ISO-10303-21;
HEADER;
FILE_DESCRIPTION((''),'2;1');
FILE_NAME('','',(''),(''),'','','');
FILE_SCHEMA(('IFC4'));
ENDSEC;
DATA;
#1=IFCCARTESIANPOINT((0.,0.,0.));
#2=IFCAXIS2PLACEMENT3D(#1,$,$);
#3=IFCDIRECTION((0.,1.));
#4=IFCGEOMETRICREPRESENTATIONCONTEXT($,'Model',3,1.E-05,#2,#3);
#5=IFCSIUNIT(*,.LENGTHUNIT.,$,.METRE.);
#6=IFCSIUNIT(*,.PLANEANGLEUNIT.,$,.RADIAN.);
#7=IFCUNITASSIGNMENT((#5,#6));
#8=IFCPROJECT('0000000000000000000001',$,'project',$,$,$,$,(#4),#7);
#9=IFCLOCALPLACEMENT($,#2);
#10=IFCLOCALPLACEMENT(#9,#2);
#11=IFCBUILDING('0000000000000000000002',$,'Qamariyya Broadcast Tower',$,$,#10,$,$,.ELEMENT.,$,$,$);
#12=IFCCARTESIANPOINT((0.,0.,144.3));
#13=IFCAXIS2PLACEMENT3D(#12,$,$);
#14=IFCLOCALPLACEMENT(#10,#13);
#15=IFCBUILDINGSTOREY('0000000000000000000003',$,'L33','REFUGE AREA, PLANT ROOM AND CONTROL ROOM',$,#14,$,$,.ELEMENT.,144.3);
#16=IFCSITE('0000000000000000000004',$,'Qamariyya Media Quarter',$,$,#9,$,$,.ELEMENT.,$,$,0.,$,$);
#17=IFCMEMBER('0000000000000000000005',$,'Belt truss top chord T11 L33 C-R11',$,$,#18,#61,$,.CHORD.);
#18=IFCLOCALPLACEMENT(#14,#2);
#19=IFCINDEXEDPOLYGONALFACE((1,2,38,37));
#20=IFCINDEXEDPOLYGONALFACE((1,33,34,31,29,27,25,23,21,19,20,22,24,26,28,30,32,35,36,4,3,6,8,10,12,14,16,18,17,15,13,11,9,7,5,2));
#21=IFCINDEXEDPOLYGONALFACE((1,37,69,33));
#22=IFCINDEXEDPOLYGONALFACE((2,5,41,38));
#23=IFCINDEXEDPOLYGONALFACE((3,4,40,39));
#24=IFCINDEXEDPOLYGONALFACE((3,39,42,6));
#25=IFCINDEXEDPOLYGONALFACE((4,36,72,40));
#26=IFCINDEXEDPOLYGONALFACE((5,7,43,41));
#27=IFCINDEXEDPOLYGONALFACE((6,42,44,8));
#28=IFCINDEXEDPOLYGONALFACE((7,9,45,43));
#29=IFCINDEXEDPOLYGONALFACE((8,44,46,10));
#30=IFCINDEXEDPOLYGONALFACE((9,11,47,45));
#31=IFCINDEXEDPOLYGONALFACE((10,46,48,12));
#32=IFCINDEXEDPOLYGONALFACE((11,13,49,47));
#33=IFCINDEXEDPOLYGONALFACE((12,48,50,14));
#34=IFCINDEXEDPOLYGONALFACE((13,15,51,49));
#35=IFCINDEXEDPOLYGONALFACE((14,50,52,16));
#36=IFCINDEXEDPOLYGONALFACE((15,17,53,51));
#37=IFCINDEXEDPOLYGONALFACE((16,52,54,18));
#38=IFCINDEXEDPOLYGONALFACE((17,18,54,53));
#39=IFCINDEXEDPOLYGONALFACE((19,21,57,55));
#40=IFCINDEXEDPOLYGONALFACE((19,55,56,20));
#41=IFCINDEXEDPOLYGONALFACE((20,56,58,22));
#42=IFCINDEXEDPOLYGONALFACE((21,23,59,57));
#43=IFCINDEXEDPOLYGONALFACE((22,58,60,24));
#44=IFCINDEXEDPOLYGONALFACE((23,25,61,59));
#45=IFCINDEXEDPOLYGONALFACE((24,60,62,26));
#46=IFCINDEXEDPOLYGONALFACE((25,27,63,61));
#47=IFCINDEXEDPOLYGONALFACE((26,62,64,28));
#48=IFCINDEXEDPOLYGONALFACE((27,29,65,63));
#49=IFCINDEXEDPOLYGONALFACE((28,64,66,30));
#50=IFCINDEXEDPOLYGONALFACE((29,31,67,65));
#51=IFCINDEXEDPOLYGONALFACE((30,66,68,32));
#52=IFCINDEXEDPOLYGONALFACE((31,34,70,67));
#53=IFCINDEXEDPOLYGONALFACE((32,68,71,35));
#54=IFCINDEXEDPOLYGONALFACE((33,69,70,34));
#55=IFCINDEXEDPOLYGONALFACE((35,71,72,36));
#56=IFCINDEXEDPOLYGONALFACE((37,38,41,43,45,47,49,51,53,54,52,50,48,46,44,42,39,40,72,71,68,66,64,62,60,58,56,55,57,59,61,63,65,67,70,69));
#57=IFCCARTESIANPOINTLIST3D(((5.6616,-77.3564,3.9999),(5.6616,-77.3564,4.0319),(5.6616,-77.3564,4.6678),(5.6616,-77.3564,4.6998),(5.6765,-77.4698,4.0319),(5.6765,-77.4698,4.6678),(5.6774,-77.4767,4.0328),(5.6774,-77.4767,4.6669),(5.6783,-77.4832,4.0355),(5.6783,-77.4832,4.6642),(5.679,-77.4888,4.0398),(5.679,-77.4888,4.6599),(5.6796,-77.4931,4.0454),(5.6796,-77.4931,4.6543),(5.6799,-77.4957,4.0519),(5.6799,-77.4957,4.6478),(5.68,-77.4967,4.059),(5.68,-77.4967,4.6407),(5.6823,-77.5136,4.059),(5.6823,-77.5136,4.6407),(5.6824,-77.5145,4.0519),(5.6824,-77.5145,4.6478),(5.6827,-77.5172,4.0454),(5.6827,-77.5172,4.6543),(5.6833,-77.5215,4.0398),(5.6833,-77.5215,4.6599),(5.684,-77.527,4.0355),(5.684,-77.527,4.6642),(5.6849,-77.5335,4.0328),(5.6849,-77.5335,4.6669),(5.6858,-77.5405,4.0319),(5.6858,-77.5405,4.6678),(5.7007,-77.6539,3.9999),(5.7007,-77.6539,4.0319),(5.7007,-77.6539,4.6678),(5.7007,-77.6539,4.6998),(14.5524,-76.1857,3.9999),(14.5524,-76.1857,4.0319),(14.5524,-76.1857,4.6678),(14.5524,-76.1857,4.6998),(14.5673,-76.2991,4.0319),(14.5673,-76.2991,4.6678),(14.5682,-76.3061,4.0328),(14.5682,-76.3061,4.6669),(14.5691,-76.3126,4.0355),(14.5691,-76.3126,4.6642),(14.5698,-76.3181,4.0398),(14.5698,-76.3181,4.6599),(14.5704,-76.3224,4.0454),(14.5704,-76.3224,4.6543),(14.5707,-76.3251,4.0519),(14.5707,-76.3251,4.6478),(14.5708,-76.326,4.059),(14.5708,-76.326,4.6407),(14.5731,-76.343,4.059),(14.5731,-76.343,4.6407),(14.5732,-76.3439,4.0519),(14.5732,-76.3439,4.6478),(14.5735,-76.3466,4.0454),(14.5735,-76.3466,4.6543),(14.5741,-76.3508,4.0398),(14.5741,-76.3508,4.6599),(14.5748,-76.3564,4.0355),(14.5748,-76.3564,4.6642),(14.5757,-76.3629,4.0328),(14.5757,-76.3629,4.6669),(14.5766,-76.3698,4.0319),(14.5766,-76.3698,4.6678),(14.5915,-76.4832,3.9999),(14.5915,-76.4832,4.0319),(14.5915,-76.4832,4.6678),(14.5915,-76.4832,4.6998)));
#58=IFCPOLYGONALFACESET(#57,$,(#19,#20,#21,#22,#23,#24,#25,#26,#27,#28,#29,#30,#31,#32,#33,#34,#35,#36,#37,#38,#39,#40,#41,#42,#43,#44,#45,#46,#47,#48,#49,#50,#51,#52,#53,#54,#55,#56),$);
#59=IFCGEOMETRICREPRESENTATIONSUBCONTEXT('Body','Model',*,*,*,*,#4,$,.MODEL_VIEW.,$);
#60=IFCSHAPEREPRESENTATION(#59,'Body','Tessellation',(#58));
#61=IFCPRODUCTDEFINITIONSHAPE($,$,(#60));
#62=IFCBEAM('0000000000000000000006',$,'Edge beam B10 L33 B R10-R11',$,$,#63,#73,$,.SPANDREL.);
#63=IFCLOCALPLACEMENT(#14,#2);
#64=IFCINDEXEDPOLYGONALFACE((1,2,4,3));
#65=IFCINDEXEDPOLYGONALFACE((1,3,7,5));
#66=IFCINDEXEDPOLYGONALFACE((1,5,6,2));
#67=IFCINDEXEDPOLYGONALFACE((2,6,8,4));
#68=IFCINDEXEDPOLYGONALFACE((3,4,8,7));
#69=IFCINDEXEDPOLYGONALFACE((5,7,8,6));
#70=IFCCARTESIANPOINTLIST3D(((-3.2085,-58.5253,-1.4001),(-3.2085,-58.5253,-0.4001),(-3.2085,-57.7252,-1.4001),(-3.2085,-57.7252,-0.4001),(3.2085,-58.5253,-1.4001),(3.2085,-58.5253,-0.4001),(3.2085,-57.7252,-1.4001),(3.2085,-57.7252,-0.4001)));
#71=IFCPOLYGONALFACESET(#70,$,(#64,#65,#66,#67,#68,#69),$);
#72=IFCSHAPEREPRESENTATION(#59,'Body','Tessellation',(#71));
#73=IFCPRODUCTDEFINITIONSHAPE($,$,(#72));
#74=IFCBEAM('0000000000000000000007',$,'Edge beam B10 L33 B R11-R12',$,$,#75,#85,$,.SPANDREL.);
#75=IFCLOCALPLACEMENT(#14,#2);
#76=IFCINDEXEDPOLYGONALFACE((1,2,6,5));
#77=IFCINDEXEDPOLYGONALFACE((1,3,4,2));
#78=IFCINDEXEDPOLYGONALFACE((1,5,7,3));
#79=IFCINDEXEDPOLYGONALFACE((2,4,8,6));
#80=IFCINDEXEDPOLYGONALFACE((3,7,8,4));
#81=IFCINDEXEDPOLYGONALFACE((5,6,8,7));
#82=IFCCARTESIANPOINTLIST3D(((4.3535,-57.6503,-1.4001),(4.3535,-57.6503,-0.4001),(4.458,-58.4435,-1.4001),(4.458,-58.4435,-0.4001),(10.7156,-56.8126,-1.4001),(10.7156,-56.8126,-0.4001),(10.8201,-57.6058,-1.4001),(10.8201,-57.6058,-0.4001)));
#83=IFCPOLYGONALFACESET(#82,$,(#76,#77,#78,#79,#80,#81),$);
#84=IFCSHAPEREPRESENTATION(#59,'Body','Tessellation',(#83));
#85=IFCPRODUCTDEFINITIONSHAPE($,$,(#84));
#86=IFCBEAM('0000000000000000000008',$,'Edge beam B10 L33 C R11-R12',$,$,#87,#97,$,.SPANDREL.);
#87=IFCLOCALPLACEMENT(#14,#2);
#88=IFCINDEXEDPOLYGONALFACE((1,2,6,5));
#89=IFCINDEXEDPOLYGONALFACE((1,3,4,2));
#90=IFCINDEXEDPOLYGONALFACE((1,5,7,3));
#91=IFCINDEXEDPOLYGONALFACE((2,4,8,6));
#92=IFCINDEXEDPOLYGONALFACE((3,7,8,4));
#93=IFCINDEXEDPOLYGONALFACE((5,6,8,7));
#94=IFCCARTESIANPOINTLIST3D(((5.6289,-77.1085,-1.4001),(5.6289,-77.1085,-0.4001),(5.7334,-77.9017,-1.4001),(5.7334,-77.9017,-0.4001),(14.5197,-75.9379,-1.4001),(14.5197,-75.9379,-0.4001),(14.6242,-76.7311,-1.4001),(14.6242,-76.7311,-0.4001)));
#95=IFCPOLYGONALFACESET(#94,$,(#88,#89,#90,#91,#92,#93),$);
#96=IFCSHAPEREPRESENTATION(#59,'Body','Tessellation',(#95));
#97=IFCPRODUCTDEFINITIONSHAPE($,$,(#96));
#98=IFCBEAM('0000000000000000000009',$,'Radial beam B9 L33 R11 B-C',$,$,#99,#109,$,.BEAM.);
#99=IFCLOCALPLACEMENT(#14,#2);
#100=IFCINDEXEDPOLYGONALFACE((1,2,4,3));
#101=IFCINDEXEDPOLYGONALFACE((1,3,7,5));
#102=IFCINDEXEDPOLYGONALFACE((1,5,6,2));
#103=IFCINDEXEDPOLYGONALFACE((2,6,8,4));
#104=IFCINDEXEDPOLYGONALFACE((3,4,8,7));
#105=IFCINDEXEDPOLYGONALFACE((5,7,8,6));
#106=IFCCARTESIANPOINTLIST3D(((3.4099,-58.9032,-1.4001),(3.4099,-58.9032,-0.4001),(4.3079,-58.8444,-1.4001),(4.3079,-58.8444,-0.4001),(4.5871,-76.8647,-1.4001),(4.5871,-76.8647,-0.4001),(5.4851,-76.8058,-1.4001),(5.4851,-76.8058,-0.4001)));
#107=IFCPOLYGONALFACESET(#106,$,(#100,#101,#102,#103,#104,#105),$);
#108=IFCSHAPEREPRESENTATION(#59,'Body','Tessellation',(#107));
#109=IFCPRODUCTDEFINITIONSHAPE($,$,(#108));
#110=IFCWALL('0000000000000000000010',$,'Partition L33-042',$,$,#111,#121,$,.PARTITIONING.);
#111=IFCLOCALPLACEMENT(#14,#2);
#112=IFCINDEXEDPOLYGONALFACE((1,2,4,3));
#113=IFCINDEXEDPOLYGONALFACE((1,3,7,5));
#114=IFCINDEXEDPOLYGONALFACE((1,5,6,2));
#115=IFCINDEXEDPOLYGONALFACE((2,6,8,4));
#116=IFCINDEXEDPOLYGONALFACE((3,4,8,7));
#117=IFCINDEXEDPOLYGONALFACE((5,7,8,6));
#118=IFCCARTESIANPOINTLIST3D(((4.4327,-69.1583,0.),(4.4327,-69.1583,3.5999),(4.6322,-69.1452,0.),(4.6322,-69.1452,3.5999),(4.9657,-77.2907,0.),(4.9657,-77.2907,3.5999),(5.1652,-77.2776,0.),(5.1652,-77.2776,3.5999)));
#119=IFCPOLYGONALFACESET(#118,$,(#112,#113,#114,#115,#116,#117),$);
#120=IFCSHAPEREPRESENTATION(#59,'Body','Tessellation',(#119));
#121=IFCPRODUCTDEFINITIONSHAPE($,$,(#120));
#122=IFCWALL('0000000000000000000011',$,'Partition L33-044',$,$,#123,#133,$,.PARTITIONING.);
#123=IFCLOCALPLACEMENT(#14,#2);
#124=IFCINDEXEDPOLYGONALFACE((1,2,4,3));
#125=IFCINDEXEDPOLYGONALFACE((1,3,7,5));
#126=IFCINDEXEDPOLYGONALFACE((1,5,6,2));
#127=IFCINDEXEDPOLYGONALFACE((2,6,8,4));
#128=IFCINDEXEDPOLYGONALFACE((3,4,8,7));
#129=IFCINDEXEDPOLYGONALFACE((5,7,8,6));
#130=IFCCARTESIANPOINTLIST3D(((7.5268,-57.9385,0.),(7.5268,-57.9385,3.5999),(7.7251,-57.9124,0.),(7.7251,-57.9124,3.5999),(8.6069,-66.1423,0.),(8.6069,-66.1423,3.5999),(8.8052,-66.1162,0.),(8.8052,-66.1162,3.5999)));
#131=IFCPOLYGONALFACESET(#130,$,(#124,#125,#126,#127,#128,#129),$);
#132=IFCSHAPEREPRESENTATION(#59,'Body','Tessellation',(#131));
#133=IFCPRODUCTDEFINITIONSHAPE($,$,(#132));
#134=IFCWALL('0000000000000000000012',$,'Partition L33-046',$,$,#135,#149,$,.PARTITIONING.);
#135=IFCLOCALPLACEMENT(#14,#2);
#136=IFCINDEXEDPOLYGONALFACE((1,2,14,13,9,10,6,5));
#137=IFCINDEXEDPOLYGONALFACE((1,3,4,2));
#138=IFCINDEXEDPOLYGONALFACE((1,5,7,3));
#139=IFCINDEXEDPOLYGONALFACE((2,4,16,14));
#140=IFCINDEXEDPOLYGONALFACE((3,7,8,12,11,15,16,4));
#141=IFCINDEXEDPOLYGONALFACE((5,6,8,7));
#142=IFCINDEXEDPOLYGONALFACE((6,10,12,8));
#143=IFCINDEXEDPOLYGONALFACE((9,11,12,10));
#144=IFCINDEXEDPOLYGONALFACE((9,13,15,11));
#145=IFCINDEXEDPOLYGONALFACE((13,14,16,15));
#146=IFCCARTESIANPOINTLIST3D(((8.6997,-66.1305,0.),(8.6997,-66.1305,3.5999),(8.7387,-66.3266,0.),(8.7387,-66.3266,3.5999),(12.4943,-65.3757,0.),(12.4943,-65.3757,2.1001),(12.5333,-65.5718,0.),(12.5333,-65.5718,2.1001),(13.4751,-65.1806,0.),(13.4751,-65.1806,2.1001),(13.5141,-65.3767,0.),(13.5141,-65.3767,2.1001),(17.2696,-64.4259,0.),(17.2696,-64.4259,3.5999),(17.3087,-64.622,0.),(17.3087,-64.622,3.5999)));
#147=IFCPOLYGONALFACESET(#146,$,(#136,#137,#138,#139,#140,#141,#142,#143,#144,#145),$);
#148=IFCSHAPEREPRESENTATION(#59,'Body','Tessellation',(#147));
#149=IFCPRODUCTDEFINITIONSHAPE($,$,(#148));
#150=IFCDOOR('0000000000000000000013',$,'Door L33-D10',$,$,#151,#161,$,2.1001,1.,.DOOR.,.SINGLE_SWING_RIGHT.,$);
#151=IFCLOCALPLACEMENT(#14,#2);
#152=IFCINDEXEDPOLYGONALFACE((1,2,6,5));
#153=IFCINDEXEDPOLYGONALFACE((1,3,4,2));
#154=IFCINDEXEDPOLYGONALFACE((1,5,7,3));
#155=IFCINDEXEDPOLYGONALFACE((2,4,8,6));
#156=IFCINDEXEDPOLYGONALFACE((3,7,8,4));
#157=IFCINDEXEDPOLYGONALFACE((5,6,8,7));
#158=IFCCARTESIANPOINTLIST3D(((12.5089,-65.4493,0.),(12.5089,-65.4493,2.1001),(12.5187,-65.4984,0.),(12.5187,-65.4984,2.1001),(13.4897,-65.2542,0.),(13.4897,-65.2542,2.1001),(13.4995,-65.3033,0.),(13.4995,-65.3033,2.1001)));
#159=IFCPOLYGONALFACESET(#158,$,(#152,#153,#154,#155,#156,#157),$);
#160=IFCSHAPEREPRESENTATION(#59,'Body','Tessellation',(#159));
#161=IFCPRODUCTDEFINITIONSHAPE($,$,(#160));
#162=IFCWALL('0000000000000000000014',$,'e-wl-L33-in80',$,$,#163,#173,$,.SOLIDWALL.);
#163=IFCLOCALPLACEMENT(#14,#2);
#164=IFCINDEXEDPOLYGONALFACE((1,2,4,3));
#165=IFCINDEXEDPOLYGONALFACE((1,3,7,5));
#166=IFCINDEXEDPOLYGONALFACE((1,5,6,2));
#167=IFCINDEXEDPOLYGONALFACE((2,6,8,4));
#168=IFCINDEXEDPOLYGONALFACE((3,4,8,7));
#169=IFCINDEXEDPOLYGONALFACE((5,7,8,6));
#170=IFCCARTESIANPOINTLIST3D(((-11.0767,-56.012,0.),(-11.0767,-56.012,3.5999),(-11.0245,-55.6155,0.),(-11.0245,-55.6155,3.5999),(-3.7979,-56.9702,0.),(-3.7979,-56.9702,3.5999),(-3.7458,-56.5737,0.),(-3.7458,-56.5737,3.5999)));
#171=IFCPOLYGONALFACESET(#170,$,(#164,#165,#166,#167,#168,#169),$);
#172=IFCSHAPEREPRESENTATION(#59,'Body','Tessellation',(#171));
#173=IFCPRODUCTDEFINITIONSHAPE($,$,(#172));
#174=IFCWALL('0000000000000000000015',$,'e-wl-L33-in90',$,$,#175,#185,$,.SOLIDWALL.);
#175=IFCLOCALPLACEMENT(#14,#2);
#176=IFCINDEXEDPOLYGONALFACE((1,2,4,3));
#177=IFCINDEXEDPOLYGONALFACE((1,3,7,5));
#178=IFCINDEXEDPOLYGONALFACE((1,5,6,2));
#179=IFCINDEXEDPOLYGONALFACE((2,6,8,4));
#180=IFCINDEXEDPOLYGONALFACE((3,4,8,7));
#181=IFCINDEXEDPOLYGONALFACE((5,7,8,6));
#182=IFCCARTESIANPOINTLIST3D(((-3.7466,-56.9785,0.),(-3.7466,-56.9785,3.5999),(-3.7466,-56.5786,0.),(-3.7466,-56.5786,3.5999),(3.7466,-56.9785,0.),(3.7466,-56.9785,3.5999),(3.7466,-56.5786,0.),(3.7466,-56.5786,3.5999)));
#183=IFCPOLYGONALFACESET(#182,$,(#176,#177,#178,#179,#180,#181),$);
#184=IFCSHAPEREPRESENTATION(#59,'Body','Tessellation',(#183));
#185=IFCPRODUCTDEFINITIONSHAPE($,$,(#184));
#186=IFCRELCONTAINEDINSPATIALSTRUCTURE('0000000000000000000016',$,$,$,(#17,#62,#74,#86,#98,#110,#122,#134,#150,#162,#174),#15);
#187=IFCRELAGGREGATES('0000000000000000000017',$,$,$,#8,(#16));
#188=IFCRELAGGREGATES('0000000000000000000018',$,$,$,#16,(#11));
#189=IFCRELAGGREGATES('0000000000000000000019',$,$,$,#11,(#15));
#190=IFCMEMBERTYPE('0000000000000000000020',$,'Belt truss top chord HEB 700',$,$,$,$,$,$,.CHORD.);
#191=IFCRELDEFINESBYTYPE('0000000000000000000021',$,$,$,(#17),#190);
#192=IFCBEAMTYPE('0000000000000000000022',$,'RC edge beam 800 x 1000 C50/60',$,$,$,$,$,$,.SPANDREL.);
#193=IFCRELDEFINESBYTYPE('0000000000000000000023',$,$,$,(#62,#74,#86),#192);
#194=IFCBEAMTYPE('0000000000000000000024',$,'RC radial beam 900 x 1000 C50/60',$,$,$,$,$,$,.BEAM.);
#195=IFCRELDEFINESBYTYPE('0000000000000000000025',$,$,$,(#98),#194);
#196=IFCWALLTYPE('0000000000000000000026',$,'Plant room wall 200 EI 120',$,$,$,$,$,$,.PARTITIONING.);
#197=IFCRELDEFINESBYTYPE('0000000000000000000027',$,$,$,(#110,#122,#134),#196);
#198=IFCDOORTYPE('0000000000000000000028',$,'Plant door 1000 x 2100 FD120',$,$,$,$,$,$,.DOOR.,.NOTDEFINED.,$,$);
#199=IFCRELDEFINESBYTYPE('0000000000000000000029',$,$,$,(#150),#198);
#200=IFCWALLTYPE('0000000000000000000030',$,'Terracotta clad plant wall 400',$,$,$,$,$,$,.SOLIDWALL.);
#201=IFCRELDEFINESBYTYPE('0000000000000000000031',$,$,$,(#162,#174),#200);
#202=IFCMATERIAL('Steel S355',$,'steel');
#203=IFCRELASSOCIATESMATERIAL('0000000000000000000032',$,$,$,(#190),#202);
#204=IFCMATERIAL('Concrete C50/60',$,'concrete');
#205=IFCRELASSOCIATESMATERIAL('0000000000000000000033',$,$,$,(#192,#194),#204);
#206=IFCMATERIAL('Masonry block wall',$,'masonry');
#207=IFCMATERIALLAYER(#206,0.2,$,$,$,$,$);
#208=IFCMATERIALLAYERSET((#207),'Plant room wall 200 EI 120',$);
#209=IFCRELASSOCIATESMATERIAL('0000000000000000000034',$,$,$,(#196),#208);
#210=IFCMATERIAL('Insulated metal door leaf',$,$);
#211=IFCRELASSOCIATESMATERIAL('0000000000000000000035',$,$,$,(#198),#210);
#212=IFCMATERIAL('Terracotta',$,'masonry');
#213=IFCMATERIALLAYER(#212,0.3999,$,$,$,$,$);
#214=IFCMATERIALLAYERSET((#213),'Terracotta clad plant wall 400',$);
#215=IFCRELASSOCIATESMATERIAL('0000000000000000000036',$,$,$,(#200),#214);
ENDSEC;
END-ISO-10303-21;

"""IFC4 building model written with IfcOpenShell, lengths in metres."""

from ifc_helpers import new_model, si_unit, direction, frame, frame_2d, origin, origin_2d, place, context, subcontext, project, spatial, rectangle, i_section, extrude, material, layer, layer_set, material_profile, profile_set, type_object, element, fill, save


model = new_model("IFC4")

# Units and contexts
model_context = context("Model", 3, precision=1e-05, world=origin(), true_north=direction((0.0, 1.0)))
body_context = subcontext(model_context, "Body", "Model", "MODEL_VIEW")
ifc_project = project(units=[si_unit("LENGTHUNIT", "METRE"), si_unit("PLANEANGLEUNIT", "RADIAN")], contexts=[model_context])

# Site, building, storey
site_placement = place(None, origin())
site = spatial("IfcSite", under=ifc_project, at=site_placement, Name="Qamariyya Media Quarter", CompositionType="ELEMENT", RefElevation=0.0)
building_placement = place(site_placement, origin())
building = spatial("IfcBuilding", under=site, at=building_placement, Name="Qamariyya Broadcast Tower", CompositionType="ELEMENT")
storey_placement = place(building_placement, frame((0.0, 0.0, 144.3)))
storey = spatial("IfcBuildingStorey", under=building, at=storey_placement, Name="L33", Description="REFUGE AREA, PLANT ROOM AND CONTROL ROOM", CompositionType="ELEMENT", Elevation=144.3)

# Member
ifc_material_1 = material(Name="Steel S355", Category="steel")
ifc_material_profile_1 = material_profile(ifc_material_1, i_section(OverallWidth=0.3, OverallDepth=0.7, WebThickness=0.0171, FlangeThickness=0.032, FilletRadius=0.0271, at=origin_2d()))
ifc_profile_set_1 = profile_set([ifc_material_profile_1], Name="Steel S355")
member_type_1 = type_object("IfcMemberType", Name="Belt truss top chord HEB 700", PredefinedType="CHORD", material=ifc_profile_set_1)
member_1_placement = place(storey_placement, frame((5.6812, -77.5051, 4.3499), z_axis=(0.991443, 0.130543, 0.0), x_axis=(-0.130543, 0.991443, 0.0)))
element("IfcMember", 1, at=member_1_placement, inside=storey, type_object=member_type_1, Name="Belt truss top chord T11 L33 C-R11", PredefinedType="CHORD", context=body_context, shape_type="SweptSolid", body=[
    extrude(i_section(OverallWidth=0.3, OverallDepth=0.7, WebThickness=0.0171, FlangeThickness=0.032, FilletRadius=0.0271, at=origin_2d()), origin(), (0.0, 0.0, 1.0), 8.9675),
])

# Beams
ifc_material_2 = material(Name="Concrete C50/60", Category="concrete")
ifc_material_profile_2 = material_profile(ifc_material_2, rectangle(XDim=0.8, YDim=1.0, at=origin_2d()))
ifc_profile_set_2 = profile_set([ifc_material_profile_2], Name="Concrete C50/60")
beam_type_1 = type_object("IfcBeamType", Name="RC edge beam 800 x 1000 C50/60", PredefinedType="SPANDREL", material=ifc_profile_set_2)
for number, where, z_axis, x_axis, name in (
    (2, (-3.2085, -58.1252, -0.9001), (1.0, 0.0, 0.0), (0.0, 1.0, 0.0), "Edge beam B10 L33 B R10-R11"),
    (3, (4.4058, -58.0469, -0.9001), (0.991444, 0.130536, 0.0), (-0.130536, 0.991444, 0.0), "Edge beam B10 L33 B R11-R12"),
):
    element("IfcBeam", number, at=place(storey_placement, frame(where, z_axis=z_axis, x_axis=x_axis)), inside=storey, type_object=beam_type_1, Name=name, PredefinedType="SPANDREL", context=body_context, shape_type="SweptSolid", body=[
        extrude(rectangle(XDim=0.8, YDim=1.0, at=origin_2d()), origin(), (0.0, 0.0, 1.0), 6.417),
    ])
beam_1_placement = place(storey_placement, frame((5.6812, -77.5051, -0.9001), z_axis=(0.991443, 0.130543, 0.0), x_axis=(-0.130543, 0.991443, 0.0)))
element("IfcBeam", 4, at=beam_1_placement, inside=storey, type_object=beam_type_1, Name="Edge beam B10 L33 C R11-R12", PredefinedType="SPANDREL", context=body_context, shape_type="SweptSolid", body=[
    extrude(rectangle(XDim=0.8, YDim=1.0, at=origin_2d()), origin(), (0.0, 0.0, 1.0), 8.9675),
])
ifc_material_profile_3 = material_profile(ifc_material_2, rectangle(XDim=0.8999, YDim=1.0, at=origin_2d()))
ifc_profile_set_3 = profile_set([ifc_material_profile_3], Name="Concrete C50/60")
beam_type_2 = type_object("IfcBeamType", Name="RC radial beam 900 x 1000 C50/60", PredefinedType="BEAM", material=ifc_profile_set_3)
beam_2_placement = place(storey_placement, frame((3.8589, -58.8738, -0.9001), z_axis=(0.065403, -0.997859, 0.0), x_axis=(0.997859, 0.065403, 0.0)))
element("IfcBeam", 5, at=beam_2_placement, inside=storey, type_object=beam_type_2, Name="Radial beam B9 L33 R11 B-C", PredefinedType="BEAM", context=body_context, shape_type="SweptSolid", body=[
    extrude(rectangle(XDim=0.8999, YDim=1.0, at=origin_2d()), origin(), (0.0, 0.0, 1.0), 18.0),
])

# Shared definitions
ifc_material_3 = material(Name="Masonry block wall", Category="masonry")
ifc_layer_1 = layer(ifc_material_3, 0.2)
ifc_layer_set_1 = layer_set([ifc_layer_1], Name="Plant room wall 200 EI 120")
wall_type_1 = type_object("IfcWallType", Name="Plant room wall 200 EI 120", PredefinedType="PARTITIONING", material=ifc_layer_set_1)
ifc_material_4 = material(Name="Insulated metal door leaf")

# Walls
wall_1_placement = place(storey_placement, frame((5.0654, -77.2842, 0.0), z_axis=(0.0, 0.0, 1.0), x_axis=(-0.065394, 0.99786, 0.0)))
element("IfcWall", 6, at=wall_1_placement, inside=storey, type_object=wall_type_1, Name="Partition L33-042", PredefinedType="PARTITIONING", context=body_context, shape_type="SweptSolid", body=[
    extrude(rectangle(XDim=8.1499, YDim=0.2, at=frame_2d((4.075, 0.0))), origin(), (0.0, 0.0, 1.0), 3.5999),
])
wall_2_placement = place(storey_placement, frame((7.626, -57.9255, 0.0), z_axis=(0.0, 0.0, 1.0), x_axis=(0.130529, -0.991445, 0.0)))
element("IfcWall", 7, at=wall_2_placement, inside=storey, type_object=wall_type_1, Name="Partition L33-044", PredefinedType="PARTITIONING", context=body_context, shape_type="SweptSolid", body=[
    extrude(rectangle(XDim=8.2747, YDim=0.2, at=frame_2d((4.1372, 0.0))), origin(), (0.0, 0.0, 1.0), 3.5999),
])

# Wall, opening, door
wall_3_placement = place(storey_placement, frame((8.7192, -66.2285, 0.0), z_axis=(0.0, 0.0, 1.0), x_axis=(0.980786, 0.195084, 0.0)))
wall_3 = element("IfcWall", 8, at=wall_3_placement, inside=storey, type_object=wall_type_1, Name="Partition L33-046", PredefinedType="PARTITIONING", context=body_context, shape_type="SweptSolid", body=[
    extrude(rectangle(XDim=8.7378, YDim=0.2, at=frame_2d((4.3689, 0.0))), origin(), (0.0, 0.0, 1.0), 3.5999),
])
opening_1_placement = place(wall_3_placement, frame((3.8689, 0.0, 0.0)))
opening_1 = element("IfcOpeningElement", 9, at=opening_1_placement, cuts=wall_3, PredefinedType="OPENING", context=body_context, shape_type="SweptSolid", body=[
    extrude(rectangle(XDim=1.0, YDim=2.1001, at=frame_2d((0.5, 1.05))), frame((0.0, 0.1099, 0.0), z_axis=(0.0, -1.0, 0.0), x_axis=(1.0, 0.0, 0.0)), (0.0, 0.0, 1.0), 0.22),
])
door_type_1 = type_object("IfcDoorType", Name="Plant door 1000 x 2100 FD120", OperationType="NOTDEFINED", PredefinedType="DOOR", material=ifc_material_4)
door_1_placement = place(opening_1_placement, origin())
door_1 = element("IfcDoor", 10, at=door_1_placement, inside=storey, type_object=door_type_1, Name="Door L33-D10", OperationType="SINGLE_SWING_RIGHT", OverallHeight=2.1001, OverallWidth=1.0, PredefinedType="DOOR", context=body_context, shape_type="SweptSolid", body=[
    extrude(rectangle(XDim=1.0, YDim=2.1001, at=frame_2d((0.5, 1.05))), frame((0.0, 0.0249, 0.0), z_axis=(0.0, -1.0, 0.0), x_axis=(1.0, 0.0, 0.0)), (0.0, 0.0, 1.0), 0.05),
])
fill(opening_1, door_1)

# Walls
ifc_material_5 = material(Name="Terracotta", Category="masonry")
ifc_layer_2 = layer(ifc_material_5, 0.3999)
ifc_layer_set_2 = layer_set([ifc_layer_2], Name="Terracotta clad plant wall 400")
wall_type_2 = type_object("IfcWallType", Name="Terracotta clad plant wall 400", PredefinedType="SOLIDWALL", material=ifc_layer_set_2)
wall_4_placement = place(storey_placement, frame((-3.7717, -56.772, 0.0), z_axis=(0.0, 0.0, 1.0), x_axis=(-0.991445, 0.130523, 0.0)))
element("IfcWall", 11, at=wall_4_placement, inside=storey, type_object=wall_type_2, Name="e-wl-L33-in80", PredefinedType="SOLIDWALL", context=body_context, shape_type="SweptSolid", body=[
    extrude(rectangle(XDim=7.3416, YDim=0.3999, at=frame_2d((3.6709, 0.0))), origin(), (0.0, 0.0, 1.0), 3.5999),
])
wall_5_placement = place(storey_placement, frame((3.7466, -56.7786, 0.0), z_axis=(0.0, 0.0, 1.0), x_axis=(-1.0, 0.0, 0.0)))
element("IfcWall", 12, at=wall_5_placement, inside=storey, type_object=wall_type_2, Name="e-wl-L33-in90", PredefinedType="SOLIDWALL", context=body_context, shape_type="SweptSolid", body=[
    extrude(rectangle(XDim=7.4932, YDim=0.3999, at=frame_2d((3.7466, 0.0))), origin(), (0.0, 0.0, 1.0), 3.5999),
])

save(model, "model.ifc")
